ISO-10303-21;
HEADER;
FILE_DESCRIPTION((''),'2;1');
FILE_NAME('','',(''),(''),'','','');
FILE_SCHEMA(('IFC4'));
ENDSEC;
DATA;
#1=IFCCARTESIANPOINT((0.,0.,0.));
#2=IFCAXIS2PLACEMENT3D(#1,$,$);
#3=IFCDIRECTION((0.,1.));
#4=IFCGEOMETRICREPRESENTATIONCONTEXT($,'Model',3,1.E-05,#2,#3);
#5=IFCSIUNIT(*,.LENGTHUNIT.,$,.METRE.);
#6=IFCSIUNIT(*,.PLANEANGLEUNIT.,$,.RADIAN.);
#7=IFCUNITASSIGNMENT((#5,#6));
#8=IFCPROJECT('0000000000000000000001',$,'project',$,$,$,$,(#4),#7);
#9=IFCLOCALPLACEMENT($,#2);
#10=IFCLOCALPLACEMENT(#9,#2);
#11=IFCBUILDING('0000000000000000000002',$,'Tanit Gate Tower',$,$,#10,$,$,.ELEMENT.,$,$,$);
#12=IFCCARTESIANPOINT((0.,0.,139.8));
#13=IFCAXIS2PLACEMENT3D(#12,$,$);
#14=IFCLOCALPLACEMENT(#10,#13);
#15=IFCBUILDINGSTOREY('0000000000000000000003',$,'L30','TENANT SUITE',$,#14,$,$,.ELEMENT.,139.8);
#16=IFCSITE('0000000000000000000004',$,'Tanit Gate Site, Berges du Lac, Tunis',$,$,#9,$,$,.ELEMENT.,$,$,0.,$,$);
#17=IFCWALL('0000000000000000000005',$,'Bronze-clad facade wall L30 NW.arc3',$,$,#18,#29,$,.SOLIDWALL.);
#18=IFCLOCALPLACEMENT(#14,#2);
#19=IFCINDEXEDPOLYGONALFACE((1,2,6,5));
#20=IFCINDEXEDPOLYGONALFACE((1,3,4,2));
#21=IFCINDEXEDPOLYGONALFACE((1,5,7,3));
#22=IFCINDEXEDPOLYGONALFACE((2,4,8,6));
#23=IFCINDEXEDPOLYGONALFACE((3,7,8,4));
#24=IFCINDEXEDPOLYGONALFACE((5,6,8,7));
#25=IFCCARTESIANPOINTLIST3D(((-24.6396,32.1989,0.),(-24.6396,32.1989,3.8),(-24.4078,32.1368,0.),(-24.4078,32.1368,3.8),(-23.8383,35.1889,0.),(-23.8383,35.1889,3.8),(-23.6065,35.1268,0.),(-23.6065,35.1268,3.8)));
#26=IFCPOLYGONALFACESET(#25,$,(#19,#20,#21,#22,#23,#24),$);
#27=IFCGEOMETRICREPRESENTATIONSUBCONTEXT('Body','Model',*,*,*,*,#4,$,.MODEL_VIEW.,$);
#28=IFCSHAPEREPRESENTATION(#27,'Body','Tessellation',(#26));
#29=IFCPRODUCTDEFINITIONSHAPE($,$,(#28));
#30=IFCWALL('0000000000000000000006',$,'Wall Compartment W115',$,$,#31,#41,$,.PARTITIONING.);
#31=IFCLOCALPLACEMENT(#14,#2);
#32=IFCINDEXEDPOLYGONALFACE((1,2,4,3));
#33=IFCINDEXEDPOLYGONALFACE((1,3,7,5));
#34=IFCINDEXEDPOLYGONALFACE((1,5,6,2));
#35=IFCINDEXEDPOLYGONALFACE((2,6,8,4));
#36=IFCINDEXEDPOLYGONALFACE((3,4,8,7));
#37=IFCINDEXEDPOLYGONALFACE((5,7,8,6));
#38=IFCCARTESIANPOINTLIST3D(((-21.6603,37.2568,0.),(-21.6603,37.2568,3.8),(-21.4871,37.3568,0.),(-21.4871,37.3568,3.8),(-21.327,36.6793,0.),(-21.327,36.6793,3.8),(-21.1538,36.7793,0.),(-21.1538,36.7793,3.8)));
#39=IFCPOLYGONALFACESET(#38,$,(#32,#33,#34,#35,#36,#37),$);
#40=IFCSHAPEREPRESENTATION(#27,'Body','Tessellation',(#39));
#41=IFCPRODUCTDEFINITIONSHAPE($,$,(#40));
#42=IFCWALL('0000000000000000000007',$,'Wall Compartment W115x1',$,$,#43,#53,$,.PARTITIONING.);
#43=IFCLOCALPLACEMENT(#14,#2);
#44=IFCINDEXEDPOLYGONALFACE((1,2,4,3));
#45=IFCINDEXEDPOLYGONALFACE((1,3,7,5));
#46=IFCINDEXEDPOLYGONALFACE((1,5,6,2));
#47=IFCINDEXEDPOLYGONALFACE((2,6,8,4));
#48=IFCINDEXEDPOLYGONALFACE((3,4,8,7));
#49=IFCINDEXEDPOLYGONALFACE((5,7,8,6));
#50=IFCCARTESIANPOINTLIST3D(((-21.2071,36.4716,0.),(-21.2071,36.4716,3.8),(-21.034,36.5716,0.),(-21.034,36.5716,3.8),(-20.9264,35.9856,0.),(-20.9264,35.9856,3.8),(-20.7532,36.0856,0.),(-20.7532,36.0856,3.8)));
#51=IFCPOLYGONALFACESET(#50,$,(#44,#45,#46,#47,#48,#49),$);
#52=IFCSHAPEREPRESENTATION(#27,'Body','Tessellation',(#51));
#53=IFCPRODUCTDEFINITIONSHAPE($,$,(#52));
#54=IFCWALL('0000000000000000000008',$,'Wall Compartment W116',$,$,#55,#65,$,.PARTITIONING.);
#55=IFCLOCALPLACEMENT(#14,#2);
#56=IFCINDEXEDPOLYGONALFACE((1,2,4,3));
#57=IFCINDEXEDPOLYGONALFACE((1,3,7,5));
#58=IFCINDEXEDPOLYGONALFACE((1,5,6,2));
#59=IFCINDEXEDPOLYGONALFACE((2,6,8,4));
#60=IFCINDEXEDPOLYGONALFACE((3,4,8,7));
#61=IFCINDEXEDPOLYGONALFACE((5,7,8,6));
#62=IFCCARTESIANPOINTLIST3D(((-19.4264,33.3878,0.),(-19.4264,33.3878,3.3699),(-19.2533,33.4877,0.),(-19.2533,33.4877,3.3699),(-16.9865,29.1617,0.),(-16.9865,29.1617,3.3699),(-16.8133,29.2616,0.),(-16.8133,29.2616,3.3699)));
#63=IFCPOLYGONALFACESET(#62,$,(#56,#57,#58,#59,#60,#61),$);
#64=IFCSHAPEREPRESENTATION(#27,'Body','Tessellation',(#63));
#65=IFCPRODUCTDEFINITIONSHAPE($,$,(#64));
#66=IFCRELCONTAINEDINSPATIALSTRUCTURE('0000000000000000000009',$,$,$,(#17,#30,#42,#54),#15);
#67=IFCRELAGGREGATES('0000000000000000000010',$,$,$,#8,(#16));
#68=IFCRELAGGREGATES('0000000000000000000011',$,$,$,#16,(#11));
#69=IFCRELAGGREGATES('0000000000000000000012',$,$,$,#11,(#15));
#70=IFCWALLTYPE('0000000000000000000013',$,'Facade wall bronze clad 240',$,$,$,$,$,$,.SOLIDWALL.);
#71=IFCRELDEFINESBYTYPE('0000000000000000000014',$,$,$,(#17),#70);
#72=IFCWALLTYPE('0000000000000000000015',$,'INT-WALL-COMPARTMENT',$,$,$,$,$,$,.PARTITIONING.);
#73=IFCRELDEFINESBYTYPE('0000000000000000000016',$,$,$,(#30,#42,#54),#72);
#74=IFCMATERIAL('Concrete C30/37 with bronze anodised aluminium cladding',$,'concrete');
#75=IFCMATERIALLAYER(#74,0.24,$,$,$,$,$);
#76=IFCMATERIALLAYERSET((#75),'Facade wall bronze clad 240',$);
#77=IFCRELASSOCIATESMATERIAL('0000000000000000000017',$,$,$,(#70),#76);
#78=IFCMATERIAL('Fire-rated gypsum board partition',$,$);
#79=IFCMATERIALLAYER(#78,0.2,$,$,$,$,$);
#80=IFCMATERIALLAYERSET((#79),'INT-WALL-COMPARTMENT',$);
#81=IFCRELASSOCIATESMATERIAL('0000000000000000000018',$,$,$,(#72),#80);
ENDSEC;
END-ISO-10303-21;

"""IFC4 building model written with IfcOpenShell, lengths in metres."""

from ifc_helpers import new_model, si_unit, direction, frame, frame_2d, origin, place, context, subcontext, project, spatial, rectangle, extrude, material, layer, layer_set, type_object, element, save


model = new_model("IFC4")

# Units and contexts
model_context = context("Model", 3, precision=1e-05, world=origin(), true_north=direction((0.0, 1.0)))
body_context = subcontext(model_context, "Body", "Model", "MODEL_VIEW")
ifc_project = project(units=[si_unit("LENGTHUNIT", "METRE"), si_unit("PLANEANGLEUNIT", "RADIAN")], contexts=[model_context])

# Site, building, storey
site_placement = place(None, origin())
site = spatial("IfcSite", under=ifc_project, at=site_placement, Name="Tanit Gate Site, Berges du Lac, Tunis", CompositionType="ELEMENT", RefElevation=0.0)
building_placement = place(site_placement, origin())
building = spatial("IfcBuilding", under=site, at=building_placement, Name="Tanit Gate Tower", CompositionType="ELEMENT")
storey_placement = place(building_placement, frame((0.0, 0.0, 139.8)))
storey = spatial("IfcBuildingStorey", under=building, at=storey_placement, Name="L30", Description="TENANT SUITE", CompositionType="ELEMENT", Elevation=139.8)

# Walls
ifc_material_1 = material(Name="Concrete C30/37 with bronze anodised aluminium cladding", Category="concrete")
ifc_layer_1 = layer(ifc_material_1, 0.24)
ifc_layer_set_1 = layer_set([ifc_layer_1], Name="Facade wall bronze clad 240")
wall_type_1 = type_object("IfcWallType", Name="Facade wall bronze clad 240", PredefinedType="SOLIDWALL", material=ifc_layer_set_1)
wall_1_placement = place(storey_placement, frame((-23.7224, 35.158, 0.0), z_axis=(0.0, 0.0, 1.0), x_axis=(-0.25885, -0.965917, 0.0)))
element("IfcWall", 1, at=wall_1_placement, inside=storey, type_object=wall_type_1, Name="Bronze-clad facade wall L30 NW.arc3", PredefinedType="SOLIDWALL", context=body_context, shape_type="SweptSolid", body=[
    extrude(rectangle(XDim=3.0955, YDim=0.24, at=frame_2d((1.5479, 0.0))), origin(), (0.0, 0.0, 1.0), 3.8),
])
ifc_material_2 = material(Name="Fire-rated gypsum board partition")
ifc_layer_2 = layer(ifc_material_2, 0.2)
ifc_layer_set_2 = layer_set([ifc_layer_2], Name="INT-WALL-COMPARTMENT")
wall_type_2 = type_object("IfcWallType", Name="INT-WALL-COMPARTMENT", PredefinedType="PARTITIONING", material=ifc_layer_set_2)
wall_2_placement = place(storey_placement, frame((-21.5737, 37.3069, 0.0), z_axis=(0.0, 0.0, 1.0), x_axis=(0.499881, -0.866094, 0.0)))
element("IfcWall", 2, at=wall_2_placement, inside=storey, type_object=wall_type_2, Name="Wall Compartment W115", PredefinedType="PARTITIONING", context=body_context, shape_type="SweptSolid", body=[
    extrude(rectangle(XDim=0.6667, YDim=0.2, at=frame_2d((0.3335, 0.0))), origin(), (0.0, 0.0, 1.0), 3.8),
])
wall_3_placement = place(storey_placement, frame((-21.1206, 36.5217, 0.0), z_axis=(0.0, 0.0, 1.0), x_axis=(0.500162, -0.865932, 0.0)))
element("IfcWall", 3, at=wall_3_placement, inside=storey, type_object=wall_type_2, Name="Wall Compartment W115x1", PredefinedType="PARTITIONING", context=body_context, shape_type="SweptSolid", body=[
    extrude(rectangle(XDim=0.5613, YDim=0.2, at=frame_2d((0.2808, 0.0))), origin(), (0.0, 0.0, 1.0), 3.8),
])
wall_4_placement = place(storey_placement, frame((-19.3398, 33.4377, 0.0), z_axis=(0.0, 0.0, 1.0), x_axis=(0.500003, -0.866024, 0.0)))
element("IfcWall", 4, at=wall_4_placement, inside=storey, type_object=wall_type_2, Name="Wall Compartment W116", PredefinedType="PARTITIONING", context=body_context, shape_type="SweptSolid", body=[
    extrude(rectangle(XDim=4.8799, YDim=0.2, at=frame_2d((2.4399, 0.0))), origin(), (0.0, 0.0, 1.0), 3.3699),
])

save(model, "model.ifc")
